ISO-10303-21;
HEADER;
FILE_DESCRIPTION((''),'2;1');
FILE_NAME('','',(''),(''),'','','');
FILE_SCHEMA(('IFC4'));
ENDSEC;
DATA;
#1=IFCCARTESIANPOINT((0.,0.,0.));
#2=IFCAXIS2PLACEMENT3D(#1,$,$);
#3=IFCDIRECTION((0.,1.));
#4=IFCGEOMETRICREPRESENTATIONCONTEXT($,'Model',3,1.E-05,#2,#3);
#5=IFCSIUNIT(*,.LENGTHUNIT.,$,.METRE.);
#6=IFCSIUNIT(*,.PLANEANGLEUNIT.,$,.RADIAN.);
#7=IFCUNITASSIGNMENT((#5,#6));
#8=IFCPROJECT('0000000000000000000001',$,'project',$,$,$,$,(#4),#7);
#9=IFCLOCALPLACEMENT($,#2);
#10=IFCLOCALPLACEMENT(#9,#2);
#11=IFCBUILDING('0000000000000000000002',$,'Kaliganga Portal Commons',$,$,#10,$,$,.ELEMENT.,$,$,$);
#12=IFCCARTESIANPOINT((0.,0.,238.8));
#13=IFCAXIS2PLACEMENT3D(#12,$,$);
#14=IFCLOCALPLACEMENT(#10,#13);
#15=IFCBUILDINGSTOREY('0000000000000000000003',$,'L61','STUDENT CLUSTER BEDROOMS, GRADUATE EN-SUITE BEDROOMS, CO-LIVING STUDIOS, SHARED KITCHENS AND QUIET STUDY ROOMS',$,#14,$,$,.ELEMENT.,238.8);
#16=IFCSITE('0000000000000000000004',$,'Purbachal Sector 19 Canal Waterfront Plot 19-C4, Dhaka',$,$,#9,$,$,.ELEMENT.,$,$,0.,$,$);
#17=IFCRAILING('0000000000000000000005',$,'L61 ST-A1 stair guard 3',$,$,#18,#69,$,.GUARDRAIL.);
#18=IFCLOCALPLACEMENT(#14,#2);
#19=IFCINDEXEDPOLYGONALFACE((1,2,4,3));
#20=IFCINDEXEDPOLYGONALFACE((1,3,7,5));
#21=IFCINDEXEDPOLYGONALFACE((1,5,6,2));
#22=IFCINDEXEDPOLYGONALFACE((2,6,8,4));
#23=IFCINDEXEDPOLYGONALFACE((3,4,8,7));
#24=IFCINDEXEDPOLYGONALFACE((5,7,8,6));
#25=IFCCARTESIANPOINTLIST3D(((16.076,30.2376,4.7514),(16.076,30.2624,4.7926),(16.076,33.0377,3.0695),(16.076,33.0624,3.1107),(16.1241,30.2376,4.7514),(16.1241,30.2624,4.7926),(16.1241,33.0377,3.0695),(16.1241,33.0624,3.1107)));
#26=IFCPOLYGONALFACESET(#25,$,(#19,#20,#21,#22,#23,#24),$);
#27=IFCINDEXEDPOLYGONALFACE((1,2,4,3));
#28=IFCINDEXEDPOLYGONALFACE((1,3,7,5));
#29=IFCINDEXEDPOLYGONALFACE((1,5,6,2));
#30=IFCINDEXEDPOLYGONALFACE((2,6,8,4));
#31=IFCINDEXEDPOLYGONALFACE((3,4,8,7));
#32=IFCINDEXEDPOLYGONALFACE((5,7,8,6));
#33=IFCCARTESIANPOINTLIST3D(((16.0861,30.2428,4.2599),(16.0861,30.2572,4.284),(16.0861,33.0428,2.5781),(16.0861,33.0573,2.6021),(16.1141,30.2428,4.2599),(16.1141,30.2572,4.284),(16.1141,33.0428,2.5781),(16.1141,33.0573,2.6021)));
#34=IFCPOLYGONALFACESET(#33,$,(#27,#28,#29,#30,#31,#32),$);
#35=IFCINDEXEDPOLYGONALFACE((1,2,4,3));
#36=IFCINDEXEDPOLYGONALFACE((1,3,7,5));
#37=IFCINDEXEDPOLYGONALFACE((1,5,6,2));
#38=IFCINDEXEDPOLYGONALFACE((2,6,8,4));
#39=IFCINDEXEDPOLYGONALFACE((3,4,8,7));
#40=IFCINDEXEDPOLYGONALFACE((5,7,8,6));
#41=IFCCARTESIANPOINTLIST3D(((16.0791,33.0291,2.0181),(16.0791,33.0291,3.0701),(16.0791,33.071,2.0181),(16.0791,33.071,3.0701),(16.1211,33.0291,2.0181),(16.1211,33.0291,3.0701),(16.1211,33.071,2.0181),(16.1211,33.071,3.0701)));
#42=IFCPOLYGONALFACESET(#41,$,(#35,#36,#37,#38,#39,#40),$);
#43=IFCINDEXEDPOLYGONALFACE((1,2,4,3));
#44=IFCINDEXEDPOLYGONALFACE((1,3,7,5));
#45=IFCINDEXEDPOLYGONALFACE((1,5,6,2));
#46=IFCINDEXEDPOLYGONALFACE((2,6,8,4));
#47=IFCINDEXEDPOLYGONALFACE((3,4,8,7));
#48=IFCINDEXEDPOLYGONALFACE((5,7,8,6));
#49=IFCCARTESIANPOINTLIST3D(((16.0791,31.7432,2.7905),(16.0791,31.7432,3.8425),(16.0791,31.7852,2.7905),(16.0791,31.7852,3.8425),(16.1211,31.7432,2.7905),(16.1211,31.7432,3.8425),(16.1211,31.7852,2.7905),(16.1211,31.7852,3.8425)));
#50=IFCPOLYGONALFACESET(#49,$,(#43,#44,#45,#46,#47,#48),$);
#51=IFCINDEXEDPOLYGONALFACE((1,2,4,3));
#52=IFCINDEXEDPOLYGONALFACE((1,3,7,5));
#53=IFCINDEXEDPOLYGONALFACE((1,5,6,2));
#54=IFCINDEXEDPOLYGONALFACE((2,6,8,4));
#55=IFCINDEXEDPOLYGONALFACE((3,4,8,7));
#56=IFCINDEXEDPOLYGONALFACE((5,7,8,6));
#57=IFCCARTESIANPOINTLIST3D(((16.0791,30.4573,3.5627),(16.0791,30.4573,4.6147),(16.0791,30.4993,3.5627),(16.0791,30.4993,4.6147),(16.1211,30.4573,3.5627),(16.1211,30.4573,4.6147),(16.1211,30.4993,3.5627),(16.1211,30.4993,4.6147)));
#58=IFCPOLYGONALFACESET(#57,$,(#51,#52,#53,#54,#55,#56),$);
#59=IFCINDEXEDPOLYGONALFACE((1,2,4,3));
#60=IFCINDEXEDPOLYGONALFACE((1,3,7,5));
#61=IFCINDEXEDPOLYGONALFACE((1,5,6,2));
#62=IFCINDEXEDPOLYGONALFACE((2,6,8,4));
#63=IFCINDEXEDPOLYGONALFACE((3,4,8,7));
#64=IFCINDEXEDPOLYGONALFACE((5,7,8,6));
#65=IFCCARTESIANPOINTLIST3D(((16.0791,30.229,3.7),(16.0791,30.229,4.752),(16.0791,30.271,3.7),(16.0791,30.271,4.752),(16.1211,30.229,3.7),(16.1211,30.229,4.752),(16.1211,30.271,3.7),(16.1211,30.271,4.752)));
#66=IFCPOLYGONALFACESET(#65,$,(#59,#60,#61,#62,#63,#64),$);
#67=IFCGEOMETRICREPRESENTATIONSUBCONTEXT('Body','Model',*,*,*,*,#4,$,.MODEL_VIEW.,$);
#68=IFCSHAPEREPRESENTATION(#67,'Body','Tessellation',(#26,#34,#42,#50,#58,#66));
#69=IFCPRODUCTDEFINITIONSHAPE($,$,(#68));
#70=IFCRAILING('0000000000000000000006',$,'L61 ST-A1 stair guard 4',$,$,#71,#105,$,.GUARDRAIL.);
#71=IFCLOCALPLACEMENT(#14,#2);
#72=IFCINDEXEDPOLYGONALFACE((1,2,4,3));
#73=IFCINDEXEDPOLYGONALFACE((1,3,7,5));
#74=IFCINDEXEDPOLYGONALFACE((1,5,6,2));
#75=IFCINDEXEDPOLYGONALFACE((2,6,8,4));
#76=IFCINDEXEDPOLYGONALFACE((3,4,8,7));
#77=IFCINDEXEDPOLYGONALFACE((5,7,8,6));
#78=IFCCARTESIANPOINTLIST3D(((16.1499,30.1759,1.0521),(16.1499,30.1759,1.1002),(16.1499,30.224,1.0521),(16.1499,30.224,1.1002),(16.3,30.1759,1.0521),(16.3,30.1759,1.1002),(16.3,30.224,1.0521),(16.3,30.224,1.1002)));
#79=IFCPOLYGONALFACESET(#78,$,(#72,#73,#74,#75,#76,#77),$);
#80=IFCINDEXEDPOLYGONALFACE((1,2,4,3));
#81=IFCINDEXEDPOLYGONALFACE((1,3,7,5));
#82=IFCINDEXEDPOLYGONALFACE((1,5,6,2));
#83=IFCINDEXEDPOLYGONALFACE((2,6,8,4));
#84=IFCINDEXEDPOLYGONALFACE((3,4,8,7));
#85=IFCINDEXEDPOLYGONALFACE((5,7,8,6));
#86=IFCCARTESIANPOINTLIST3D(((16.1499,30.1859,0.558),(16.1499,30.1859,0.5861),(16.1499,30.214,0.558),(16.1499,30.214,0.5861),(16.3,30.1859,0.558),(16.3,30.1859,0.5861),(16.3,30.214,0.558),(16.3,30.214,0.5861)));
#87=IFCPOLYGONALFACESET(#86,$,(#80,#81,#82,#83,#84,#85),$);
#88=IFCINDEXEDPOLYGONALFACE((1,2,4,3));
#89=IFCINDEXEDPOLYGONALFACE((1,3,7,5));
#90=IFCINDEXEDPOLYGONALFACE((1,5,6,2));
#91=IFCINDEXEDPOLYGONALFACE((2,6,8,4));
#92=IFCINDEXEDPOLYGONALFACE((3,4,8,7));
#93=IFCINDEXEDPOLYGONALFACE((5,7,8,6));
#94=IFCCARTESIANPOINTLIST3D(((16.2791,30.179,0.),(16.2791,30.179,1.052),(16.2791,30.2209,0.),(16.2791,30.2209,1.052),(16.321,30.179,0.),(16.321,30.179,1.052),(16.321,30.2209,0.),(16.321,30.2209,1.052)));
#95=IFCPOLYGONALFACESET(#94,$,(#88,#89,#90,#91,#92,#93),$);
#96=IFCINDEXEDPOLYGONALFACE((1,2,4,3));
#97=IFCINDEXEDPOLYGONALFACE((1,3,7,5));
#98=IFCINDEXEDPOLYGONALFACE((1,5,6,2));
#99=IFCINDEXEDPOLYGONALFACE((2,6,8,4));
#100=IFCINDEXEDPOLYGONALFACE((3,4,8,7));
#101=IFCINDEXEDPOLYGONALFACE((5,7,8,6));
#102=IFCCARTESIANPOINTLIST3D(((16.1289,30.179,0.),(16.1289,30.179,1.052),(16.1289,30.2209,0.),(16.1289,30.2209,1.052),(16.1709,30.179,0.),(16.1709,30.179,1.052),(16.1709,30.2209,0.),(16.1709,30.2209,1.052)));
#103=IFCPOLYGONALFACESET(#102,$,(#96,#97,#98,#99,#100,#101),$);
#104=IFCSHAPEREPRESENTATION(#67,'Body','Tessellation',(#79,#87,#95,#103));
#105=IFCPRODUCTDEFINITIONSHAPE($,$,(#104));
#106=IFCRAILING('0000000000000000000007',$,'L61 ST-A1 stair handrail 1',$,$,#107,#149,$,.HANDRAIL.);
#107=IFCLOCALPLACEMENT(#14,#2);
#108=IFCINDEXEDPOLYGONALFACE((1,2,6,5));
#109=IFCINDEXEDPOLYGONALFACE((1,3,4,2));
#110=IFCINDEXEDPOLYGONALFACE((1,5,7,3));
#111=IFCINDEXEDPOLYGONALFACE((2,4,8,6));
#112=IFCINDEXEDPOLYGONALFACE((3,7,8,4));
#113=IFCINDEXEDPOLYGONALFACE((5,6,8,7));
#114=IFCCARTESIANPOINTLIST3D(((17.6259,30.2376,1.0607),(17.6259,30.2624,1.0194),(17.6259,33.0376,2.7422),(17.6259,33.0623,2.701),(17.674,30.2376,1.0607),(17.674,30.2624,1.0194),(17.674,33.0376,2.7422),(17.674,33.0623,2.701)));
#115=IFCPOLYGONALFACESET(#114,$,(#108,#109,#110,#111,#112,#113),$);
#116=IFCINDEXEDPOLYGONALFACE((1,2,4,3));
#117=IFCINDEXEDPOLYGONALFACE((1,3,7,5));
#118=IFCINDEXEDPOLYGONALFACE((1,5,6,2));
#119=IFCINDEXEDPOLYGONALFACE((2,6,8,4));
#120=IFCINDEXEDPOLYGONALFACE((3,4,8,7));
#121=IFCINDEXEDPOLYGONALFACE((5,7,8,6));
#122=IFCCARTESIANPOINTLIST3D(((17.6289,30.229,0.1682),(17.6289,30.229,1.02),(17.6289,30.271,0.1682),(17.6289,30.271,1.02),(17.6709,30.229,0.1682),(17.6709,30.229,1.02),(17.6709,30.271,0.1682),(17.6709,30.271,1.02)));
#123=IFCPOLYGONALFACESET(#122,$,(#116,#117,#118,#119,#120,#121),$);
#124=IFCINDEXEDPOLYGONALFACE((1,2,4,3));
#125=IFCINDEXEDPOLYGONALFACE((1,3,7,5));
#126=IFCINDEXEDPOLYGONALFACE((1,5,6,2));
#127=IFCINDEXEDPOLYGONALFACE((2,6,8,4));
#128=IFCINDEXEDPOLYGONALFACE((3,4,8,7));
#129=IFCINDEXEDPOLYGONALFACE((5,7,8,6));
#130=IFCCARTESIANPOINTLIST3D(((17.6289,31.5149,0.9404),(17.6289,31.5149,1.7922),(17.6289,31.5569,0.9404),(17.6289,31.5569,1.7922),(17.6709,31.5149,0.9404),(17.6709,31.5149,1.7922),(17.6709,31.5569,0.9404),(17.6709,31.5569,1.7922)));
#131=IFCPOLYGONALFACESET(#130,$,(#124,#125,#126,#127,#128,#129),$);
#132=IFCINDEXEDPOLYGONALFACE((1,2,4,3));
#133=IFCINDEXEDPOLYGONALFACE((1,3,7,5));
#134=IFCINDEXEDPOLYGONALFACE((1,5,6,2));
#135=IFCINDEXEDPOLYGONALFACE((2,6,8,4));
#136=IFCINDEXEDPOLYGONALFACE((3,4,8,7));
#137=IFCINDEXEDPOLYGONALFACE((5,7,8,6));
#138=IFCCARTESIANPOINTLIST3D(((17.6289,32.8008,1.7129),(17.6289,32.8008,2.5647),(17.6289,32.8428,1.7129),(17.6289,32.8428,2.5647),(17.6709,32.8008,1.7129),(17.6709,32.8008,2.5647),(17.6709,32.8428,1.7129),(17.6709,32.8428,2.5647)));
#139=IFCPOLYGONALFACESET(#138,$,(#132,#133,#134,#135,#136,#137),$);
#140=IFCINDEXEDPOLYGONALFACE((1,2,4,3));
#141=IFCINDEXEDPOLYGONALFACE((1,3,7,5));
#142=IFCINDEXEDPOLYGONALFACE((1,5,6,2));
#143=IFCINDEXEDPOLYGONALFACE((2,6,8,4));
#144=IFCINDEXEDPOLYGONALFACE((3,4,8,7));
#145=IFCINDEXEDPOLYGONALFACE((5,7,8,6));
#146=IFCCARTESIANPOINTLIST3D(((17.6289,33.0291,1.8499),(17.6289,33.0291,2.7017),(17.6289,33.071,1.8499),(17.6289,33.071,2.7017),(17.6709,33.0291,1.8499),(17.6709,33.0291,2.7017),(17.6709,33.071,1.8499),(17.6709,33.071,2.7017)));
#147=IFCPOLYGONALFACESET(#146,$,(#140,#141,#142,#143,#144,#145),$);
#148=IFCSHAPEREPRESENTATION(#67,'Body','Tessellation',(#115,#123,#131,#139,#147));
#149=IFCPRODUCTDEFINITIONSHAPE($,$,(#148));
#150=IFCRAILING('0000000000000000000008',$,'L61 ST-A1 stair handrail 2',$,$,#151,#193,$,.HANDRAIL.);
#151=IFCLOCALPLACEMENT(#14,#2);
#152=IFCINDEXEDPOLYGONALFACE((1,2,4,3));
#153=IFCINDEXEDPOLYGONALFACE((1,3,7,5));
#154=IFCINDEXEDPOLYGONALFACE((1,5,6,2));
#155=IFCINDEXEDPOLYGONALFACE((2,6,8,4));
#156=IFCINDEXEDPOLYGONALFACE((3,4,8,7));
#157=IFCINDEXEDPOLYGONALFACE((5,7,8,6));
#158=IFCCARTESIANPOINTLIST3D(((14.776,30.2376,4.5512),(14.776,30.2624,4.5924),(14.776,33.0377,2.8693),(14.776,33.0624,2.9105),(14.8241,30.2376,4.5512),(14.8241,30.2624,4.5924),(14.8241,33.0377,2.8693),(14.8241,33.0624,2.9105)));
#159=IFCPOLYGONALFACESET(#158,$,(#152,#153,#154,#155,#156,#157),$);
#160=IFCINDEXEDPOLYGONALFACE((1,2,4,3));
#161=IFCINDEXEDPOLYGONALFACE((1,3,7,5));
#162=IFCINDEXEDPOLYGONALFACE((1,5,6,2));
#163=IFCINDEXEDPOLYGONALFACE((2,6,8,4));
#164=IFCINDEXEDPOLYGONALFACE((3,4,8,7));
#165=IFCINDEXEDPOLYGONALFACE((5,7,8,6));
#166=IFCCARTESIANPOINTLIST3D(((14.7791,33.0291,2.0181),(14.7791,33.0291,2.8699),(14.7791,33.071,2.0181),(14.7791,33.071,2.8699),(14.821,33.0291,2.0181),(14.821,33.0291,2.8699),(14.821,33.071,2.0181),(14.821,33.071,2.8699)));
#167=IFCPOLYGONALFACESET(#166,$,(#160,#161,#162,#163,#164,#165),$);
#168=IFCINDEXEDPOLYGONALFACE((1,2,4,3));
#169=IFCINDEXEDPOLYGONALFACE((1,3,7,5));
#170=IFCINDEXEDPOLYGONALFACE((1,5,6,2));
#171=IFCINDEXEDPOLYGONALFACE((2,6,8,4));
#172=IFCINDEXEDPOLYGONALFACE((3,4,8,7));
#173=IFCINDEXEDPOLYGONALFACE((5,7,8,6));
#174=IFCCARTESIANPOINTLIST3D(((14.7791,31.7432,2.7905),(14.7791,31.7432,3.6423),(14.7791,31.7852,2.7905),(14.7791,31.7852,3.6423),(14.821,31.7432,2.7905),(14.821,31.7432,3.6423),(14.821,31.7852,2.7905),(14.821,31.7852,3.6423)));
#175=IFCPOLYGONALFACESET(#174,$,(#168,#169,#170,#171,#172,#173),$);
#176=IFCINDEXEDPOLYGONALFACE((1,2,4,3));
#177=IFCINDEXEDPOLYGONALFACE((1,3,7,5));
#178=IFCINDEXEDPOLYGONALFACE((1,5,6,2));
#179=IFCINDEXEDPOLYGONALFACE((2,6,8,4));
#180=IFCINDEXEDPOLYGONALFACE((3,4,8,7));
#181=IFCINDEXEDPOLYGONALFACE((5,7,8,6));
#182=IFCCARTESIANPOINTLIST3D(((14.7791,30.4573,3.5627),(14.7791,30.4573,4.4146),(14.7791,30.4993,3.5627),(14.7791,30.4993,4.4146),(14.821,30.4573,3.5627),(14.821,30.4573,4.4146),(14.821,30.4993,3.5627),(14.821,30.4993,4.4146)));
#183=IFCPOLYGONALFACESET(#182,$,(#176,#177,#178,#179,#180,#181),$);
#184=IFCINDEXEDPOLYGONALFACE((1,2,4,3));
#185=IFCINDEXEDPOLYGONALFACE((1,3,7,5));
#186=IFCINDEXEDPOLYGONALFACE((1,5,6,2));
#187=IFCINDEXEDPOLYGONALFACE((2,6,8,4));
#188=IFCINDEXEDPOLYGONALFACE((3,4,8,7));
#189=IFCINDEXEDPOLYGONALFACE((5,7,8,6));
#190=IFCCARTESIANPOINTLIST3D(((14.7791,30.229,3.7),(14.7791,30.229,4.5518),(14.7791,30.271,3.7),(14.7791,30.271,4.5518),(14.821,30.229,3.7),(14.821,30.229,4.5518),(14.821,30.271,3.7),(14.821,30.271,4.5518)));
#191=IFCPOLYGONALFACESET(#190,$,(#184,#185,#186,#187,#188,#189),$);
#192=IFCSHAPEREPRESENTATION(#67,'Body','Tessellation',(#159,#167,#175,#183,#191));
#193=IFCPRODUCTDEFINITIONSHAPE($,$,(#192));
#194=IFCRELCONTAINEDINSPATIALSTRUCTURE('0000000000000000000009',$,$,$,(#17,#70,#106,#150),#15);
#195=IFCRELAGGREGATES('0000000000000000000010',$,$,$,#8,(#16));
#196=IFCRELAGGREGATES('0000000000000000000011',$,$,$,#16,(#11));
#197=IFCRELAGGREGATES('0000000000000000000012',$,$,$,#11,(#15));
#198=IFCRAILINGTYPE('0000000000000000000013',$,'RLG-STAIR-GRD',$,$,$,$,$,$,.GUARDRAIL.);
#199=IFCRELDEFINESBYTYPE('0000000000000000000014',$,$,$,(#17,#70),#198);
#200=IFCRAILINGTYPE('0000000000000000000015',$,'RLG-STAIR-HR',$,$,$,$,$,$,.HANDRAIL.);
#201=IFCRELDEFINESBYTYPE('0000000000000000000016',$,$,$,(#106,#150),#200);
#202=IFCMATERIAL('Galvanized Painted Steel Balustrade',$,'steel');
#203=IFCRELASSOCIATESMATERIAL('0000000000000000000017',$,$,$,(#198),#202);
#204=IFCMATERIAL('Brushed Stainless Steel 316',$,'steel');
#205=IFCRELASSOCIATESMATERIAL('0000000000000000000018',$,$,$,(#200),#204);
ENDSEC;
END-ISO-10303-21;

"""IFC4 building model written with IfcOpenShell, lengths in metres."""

from ifc_helpers import new_model, si_unit, direction, frame, origin, origin_2d, place, context, subcontext, project, spatial, rectangle, extrude, material, type_object, element, save


model = new_model("IFC4")

# Units and contexts
model_context = context("Model", 3, precision=1e-05, world=origin(), true_north=direction((0.0, 1.0)))
body_context = subcontext(model_context, "Body", "Model", "MODEL_VIEW")
ifc_project = project(units=[si_unit("LENGTHUNIT", "METRE"), si_unit("PLANEANGLEUNIT", "RADIAN")], contexts=[model_context])

# Site, building, storey
site_placement = place(None, origin())
site = spatial("IfcSite", under=ifc_project, at=site_placement, Name="Purbachal Sector 19 Canal Waterfront Plot 19-C4, Dhaka", CompositionType="ELEMENT", RefElevation=0.0)
building_placement = place(site_placement, origin())
building = spatial("IfcBuilding", under=site, at=building_placement, Name="Kaliganga Portal Commons", CompositionType="ELEMENT")
storey_placement = place(building_placement, frame((0.0, 0.0, 238.8)))
storey = spatial("IfcBuildingStorey", under=building, at=storey_placement, Name="L61", Description="STUDENT CLUSTER BEDROOMS, GRADUATE EN-SUITE BEDROOMS, CO-LIVING STUDIOS, SHARED KITCHENS AND QUIET STUDY ROOMS", CompositionType="ELEMENT", Elevation=238.8)

# Railings
ifc_material_1 = material(Name="Galvanized Painted Steel Balustrade", Category="steel")
railing_type_1 = type_object("IfcRailingType", Name="RLG-STAIR-GRD", PredefinedType="GUARDRAIL", material=ifc_material_1)
railing_1_placement = place(storey_placement, frame((16.1001, 33.05, 2.0181)))
element("IfcRailing", 1, at=railing_1_placement, inside=storey, type_object=railing_type_1, Name="L61 ST-A1 stair guard 3", PredefinedType="GUARDRAIL", context=body_context, shape_type="SweptSolid", body=[
    extrude(rectangle(XDim=0.0481, YDim=0.0481, at=origin_2d()), frame((0.0, 0.0, 1.072), z_axis=(0.0, -0.857242, 0.514913), x_axis=(1.0, 0.0, 0.0)), (0.0, 0.0, 1.0), 3.2664),
    extrude(rectangle(XDim=0.0281, YDim=0.0281, at=origin_2d()), frame((0.0, 0.0, 0.572), z_axis=(0.0, -0.857242, 0.514913), x_axis=(1.0, 0.0, 0.0)), (0.0, 0.0, 1.0), 3.2664),
    extrude(rectangle(XDim=0.042, YDim=0.042, at=origin_2d()), origin(), (0.0, 0.0, 1.0), 1.052),
    extrude(rectangle(XDim=0.042, YDim=0.042, at=origin_2d()), frame((0.0, -1.2859, 0.7725)), (0.0, 0.0, 1.0), 1.052),
    extrude(rectangle(XDim=0.042, YDim=0.042, at=origin_2d()), frame((0.0, -2.5718, 1.5447)), (0.0, 0.0, 1.0), 1.052),
    extrude(rectangle(XDim=0.042, YDim=0.042, at=origin_2d()), frame((0.0, -2.8, 1.6819)), (0.0, 0.0, 1.0), 1.052),
])
railing_2_placement = place(storey_placement, frame((16.3, 30.2, 0.0)))
element("IfcRailing", 2, at=railing_2_placement, inside=storey, type_object=railing_type_1, Name="L61 ST-A1 stair guard 4", PredefinedType="GUARDRAIL", context=body_context, shape_type="SweptSolid", body=[
    extrude(rectangle(XDim=0.0481, YDim=0.0481, at=origin_2d()), frame((0.0, 0.0, 1.0762), z_axis=(-1.0, 0.0, 0.0), x_axis=(0.0, -1.0, 0.0)), (0.0, 0.0, 1.0), 0.1501),
    extrude(rectangle(XDim=0.0281, YDim=0.0281, at=origin_2d()), frame((0.0, 0.0, 0.572), z_axis=(-1.0, 0.0, 0.0), x_axis=(0.0, -1.0, 0.0)), (0.0, 0.0, 1.0), 0.1501),
    extrude(rectangle(XDim=0.042, YDim=0.042, at=origin_2d()), origin(), (0.0, 0.0, 1.0), 1.052),
    extrude(rectangle(XDim=0.042, YDim=0.042, at=origin_2d()), frame((-0.1501, 0.0, 0.0)), (0.0, 0.0, 1.0), 1.052),
])
ifc_material_2 = material(Name="Brushed Stainless Steel 316", Category="steel")
railing_type_2 = type_object("IfcRailingType", Name="RLG-STAIR-HR", PredefinedType="HANDRAIL", material=ifc_material_2)
railing_3_placement = place(storey_placement, frame((17.6499, 30.25, 0.1682)))
element("IfcRailing", 3, at=railing_3_placement, inside=storey, type_object=railing_type_2, Name="L61 ST-A1 stair handrail 1", PredefinedType="HANDRAIL", context=body_context, shape_type="SweptSolid", body=[
    extrude(rectangle(XDim=0.0481, YDim=0.0481, at=origin_2d()), frame((0.0, 0.0, 0.8718), z_axis=(0.0, 0.857275, 0.514858), x_axis=(-1.0, 0.0, 0.0)), (0.0, 0.0, 1.0), 3.2661),
    extrude(rectangle(XDim=0.042, YDim=0.042, at=origin_2d()), origin(), (0.0, 0.0, 1.0), 0.8518),
    extrude(rectangle(XDim=0.042, YDim=0.042, at=origin_2d()), frame((0.0, 1.2859, 0.7722)), (0.0, 0.0, 1.0), 0.8518),
    extrude(rectangle(XDim=0.042, YDim=0.042, at=origin_2d()), frame((0.0, 2.5718, 1.5447)), (0.0, 0.0, 1.0), 0.8518),
    extrude(rectangle(XDim=0.042, YDim=0.042, at=origin_2d()), frame((0.0, 2.8, 1.6816)), (0.0, 0.0, 1.0), 0.8518),
])
railing_4_placement = place(storey_placement, frame((14.8, 33.05, 2.0181)))
element("IfcRailing", 4, at=railing_4_placement, inside=storey, type_object=railing_type_2, Name="L61 ST-A1 stair handrail 2", PredefinedType="HANDRAIL", context=body_context, shape_type="SweptSolid", body=[
    extrude(rectangle(XDim=0.0481, YDim=0.0481, at=origin_2d()), frame((0.0, 0.0, 0.8718), z_axis=(0.0, -0.857242, 0.514913), x_axis=(1.0, 0.0, 0.0)), (0.0, 0.0, 1.0), 3.2664),
    extrude(rectangle(XDim=0.042, YDim=0.042, at=origin_2d()), origin(), (0.0, 0.0, 1.0), 0.8518),
    extrude(rectangle(XDim=0.042, YDim=0.042, at=origin_2d()), frame((0.0, -1.2859, 0.7725)), (0.0, 0.0, 1.0), 0.8518),
    extrude(rectangle(XDim=0.042, YDim=0.042, at=origin_2d()), frame((0.0, -2.5718, 1.5447)), (0.0, 0.0, 1.0), 0.8518),
    extrude(rectangle(XDim=0.042, YDim=0.042, at=origin_2d()), frame((0.0, -2.8, 1.6819)), (0.0, 0.0, 1.0), 0.8518),
])

save(model, "model.ifc")
